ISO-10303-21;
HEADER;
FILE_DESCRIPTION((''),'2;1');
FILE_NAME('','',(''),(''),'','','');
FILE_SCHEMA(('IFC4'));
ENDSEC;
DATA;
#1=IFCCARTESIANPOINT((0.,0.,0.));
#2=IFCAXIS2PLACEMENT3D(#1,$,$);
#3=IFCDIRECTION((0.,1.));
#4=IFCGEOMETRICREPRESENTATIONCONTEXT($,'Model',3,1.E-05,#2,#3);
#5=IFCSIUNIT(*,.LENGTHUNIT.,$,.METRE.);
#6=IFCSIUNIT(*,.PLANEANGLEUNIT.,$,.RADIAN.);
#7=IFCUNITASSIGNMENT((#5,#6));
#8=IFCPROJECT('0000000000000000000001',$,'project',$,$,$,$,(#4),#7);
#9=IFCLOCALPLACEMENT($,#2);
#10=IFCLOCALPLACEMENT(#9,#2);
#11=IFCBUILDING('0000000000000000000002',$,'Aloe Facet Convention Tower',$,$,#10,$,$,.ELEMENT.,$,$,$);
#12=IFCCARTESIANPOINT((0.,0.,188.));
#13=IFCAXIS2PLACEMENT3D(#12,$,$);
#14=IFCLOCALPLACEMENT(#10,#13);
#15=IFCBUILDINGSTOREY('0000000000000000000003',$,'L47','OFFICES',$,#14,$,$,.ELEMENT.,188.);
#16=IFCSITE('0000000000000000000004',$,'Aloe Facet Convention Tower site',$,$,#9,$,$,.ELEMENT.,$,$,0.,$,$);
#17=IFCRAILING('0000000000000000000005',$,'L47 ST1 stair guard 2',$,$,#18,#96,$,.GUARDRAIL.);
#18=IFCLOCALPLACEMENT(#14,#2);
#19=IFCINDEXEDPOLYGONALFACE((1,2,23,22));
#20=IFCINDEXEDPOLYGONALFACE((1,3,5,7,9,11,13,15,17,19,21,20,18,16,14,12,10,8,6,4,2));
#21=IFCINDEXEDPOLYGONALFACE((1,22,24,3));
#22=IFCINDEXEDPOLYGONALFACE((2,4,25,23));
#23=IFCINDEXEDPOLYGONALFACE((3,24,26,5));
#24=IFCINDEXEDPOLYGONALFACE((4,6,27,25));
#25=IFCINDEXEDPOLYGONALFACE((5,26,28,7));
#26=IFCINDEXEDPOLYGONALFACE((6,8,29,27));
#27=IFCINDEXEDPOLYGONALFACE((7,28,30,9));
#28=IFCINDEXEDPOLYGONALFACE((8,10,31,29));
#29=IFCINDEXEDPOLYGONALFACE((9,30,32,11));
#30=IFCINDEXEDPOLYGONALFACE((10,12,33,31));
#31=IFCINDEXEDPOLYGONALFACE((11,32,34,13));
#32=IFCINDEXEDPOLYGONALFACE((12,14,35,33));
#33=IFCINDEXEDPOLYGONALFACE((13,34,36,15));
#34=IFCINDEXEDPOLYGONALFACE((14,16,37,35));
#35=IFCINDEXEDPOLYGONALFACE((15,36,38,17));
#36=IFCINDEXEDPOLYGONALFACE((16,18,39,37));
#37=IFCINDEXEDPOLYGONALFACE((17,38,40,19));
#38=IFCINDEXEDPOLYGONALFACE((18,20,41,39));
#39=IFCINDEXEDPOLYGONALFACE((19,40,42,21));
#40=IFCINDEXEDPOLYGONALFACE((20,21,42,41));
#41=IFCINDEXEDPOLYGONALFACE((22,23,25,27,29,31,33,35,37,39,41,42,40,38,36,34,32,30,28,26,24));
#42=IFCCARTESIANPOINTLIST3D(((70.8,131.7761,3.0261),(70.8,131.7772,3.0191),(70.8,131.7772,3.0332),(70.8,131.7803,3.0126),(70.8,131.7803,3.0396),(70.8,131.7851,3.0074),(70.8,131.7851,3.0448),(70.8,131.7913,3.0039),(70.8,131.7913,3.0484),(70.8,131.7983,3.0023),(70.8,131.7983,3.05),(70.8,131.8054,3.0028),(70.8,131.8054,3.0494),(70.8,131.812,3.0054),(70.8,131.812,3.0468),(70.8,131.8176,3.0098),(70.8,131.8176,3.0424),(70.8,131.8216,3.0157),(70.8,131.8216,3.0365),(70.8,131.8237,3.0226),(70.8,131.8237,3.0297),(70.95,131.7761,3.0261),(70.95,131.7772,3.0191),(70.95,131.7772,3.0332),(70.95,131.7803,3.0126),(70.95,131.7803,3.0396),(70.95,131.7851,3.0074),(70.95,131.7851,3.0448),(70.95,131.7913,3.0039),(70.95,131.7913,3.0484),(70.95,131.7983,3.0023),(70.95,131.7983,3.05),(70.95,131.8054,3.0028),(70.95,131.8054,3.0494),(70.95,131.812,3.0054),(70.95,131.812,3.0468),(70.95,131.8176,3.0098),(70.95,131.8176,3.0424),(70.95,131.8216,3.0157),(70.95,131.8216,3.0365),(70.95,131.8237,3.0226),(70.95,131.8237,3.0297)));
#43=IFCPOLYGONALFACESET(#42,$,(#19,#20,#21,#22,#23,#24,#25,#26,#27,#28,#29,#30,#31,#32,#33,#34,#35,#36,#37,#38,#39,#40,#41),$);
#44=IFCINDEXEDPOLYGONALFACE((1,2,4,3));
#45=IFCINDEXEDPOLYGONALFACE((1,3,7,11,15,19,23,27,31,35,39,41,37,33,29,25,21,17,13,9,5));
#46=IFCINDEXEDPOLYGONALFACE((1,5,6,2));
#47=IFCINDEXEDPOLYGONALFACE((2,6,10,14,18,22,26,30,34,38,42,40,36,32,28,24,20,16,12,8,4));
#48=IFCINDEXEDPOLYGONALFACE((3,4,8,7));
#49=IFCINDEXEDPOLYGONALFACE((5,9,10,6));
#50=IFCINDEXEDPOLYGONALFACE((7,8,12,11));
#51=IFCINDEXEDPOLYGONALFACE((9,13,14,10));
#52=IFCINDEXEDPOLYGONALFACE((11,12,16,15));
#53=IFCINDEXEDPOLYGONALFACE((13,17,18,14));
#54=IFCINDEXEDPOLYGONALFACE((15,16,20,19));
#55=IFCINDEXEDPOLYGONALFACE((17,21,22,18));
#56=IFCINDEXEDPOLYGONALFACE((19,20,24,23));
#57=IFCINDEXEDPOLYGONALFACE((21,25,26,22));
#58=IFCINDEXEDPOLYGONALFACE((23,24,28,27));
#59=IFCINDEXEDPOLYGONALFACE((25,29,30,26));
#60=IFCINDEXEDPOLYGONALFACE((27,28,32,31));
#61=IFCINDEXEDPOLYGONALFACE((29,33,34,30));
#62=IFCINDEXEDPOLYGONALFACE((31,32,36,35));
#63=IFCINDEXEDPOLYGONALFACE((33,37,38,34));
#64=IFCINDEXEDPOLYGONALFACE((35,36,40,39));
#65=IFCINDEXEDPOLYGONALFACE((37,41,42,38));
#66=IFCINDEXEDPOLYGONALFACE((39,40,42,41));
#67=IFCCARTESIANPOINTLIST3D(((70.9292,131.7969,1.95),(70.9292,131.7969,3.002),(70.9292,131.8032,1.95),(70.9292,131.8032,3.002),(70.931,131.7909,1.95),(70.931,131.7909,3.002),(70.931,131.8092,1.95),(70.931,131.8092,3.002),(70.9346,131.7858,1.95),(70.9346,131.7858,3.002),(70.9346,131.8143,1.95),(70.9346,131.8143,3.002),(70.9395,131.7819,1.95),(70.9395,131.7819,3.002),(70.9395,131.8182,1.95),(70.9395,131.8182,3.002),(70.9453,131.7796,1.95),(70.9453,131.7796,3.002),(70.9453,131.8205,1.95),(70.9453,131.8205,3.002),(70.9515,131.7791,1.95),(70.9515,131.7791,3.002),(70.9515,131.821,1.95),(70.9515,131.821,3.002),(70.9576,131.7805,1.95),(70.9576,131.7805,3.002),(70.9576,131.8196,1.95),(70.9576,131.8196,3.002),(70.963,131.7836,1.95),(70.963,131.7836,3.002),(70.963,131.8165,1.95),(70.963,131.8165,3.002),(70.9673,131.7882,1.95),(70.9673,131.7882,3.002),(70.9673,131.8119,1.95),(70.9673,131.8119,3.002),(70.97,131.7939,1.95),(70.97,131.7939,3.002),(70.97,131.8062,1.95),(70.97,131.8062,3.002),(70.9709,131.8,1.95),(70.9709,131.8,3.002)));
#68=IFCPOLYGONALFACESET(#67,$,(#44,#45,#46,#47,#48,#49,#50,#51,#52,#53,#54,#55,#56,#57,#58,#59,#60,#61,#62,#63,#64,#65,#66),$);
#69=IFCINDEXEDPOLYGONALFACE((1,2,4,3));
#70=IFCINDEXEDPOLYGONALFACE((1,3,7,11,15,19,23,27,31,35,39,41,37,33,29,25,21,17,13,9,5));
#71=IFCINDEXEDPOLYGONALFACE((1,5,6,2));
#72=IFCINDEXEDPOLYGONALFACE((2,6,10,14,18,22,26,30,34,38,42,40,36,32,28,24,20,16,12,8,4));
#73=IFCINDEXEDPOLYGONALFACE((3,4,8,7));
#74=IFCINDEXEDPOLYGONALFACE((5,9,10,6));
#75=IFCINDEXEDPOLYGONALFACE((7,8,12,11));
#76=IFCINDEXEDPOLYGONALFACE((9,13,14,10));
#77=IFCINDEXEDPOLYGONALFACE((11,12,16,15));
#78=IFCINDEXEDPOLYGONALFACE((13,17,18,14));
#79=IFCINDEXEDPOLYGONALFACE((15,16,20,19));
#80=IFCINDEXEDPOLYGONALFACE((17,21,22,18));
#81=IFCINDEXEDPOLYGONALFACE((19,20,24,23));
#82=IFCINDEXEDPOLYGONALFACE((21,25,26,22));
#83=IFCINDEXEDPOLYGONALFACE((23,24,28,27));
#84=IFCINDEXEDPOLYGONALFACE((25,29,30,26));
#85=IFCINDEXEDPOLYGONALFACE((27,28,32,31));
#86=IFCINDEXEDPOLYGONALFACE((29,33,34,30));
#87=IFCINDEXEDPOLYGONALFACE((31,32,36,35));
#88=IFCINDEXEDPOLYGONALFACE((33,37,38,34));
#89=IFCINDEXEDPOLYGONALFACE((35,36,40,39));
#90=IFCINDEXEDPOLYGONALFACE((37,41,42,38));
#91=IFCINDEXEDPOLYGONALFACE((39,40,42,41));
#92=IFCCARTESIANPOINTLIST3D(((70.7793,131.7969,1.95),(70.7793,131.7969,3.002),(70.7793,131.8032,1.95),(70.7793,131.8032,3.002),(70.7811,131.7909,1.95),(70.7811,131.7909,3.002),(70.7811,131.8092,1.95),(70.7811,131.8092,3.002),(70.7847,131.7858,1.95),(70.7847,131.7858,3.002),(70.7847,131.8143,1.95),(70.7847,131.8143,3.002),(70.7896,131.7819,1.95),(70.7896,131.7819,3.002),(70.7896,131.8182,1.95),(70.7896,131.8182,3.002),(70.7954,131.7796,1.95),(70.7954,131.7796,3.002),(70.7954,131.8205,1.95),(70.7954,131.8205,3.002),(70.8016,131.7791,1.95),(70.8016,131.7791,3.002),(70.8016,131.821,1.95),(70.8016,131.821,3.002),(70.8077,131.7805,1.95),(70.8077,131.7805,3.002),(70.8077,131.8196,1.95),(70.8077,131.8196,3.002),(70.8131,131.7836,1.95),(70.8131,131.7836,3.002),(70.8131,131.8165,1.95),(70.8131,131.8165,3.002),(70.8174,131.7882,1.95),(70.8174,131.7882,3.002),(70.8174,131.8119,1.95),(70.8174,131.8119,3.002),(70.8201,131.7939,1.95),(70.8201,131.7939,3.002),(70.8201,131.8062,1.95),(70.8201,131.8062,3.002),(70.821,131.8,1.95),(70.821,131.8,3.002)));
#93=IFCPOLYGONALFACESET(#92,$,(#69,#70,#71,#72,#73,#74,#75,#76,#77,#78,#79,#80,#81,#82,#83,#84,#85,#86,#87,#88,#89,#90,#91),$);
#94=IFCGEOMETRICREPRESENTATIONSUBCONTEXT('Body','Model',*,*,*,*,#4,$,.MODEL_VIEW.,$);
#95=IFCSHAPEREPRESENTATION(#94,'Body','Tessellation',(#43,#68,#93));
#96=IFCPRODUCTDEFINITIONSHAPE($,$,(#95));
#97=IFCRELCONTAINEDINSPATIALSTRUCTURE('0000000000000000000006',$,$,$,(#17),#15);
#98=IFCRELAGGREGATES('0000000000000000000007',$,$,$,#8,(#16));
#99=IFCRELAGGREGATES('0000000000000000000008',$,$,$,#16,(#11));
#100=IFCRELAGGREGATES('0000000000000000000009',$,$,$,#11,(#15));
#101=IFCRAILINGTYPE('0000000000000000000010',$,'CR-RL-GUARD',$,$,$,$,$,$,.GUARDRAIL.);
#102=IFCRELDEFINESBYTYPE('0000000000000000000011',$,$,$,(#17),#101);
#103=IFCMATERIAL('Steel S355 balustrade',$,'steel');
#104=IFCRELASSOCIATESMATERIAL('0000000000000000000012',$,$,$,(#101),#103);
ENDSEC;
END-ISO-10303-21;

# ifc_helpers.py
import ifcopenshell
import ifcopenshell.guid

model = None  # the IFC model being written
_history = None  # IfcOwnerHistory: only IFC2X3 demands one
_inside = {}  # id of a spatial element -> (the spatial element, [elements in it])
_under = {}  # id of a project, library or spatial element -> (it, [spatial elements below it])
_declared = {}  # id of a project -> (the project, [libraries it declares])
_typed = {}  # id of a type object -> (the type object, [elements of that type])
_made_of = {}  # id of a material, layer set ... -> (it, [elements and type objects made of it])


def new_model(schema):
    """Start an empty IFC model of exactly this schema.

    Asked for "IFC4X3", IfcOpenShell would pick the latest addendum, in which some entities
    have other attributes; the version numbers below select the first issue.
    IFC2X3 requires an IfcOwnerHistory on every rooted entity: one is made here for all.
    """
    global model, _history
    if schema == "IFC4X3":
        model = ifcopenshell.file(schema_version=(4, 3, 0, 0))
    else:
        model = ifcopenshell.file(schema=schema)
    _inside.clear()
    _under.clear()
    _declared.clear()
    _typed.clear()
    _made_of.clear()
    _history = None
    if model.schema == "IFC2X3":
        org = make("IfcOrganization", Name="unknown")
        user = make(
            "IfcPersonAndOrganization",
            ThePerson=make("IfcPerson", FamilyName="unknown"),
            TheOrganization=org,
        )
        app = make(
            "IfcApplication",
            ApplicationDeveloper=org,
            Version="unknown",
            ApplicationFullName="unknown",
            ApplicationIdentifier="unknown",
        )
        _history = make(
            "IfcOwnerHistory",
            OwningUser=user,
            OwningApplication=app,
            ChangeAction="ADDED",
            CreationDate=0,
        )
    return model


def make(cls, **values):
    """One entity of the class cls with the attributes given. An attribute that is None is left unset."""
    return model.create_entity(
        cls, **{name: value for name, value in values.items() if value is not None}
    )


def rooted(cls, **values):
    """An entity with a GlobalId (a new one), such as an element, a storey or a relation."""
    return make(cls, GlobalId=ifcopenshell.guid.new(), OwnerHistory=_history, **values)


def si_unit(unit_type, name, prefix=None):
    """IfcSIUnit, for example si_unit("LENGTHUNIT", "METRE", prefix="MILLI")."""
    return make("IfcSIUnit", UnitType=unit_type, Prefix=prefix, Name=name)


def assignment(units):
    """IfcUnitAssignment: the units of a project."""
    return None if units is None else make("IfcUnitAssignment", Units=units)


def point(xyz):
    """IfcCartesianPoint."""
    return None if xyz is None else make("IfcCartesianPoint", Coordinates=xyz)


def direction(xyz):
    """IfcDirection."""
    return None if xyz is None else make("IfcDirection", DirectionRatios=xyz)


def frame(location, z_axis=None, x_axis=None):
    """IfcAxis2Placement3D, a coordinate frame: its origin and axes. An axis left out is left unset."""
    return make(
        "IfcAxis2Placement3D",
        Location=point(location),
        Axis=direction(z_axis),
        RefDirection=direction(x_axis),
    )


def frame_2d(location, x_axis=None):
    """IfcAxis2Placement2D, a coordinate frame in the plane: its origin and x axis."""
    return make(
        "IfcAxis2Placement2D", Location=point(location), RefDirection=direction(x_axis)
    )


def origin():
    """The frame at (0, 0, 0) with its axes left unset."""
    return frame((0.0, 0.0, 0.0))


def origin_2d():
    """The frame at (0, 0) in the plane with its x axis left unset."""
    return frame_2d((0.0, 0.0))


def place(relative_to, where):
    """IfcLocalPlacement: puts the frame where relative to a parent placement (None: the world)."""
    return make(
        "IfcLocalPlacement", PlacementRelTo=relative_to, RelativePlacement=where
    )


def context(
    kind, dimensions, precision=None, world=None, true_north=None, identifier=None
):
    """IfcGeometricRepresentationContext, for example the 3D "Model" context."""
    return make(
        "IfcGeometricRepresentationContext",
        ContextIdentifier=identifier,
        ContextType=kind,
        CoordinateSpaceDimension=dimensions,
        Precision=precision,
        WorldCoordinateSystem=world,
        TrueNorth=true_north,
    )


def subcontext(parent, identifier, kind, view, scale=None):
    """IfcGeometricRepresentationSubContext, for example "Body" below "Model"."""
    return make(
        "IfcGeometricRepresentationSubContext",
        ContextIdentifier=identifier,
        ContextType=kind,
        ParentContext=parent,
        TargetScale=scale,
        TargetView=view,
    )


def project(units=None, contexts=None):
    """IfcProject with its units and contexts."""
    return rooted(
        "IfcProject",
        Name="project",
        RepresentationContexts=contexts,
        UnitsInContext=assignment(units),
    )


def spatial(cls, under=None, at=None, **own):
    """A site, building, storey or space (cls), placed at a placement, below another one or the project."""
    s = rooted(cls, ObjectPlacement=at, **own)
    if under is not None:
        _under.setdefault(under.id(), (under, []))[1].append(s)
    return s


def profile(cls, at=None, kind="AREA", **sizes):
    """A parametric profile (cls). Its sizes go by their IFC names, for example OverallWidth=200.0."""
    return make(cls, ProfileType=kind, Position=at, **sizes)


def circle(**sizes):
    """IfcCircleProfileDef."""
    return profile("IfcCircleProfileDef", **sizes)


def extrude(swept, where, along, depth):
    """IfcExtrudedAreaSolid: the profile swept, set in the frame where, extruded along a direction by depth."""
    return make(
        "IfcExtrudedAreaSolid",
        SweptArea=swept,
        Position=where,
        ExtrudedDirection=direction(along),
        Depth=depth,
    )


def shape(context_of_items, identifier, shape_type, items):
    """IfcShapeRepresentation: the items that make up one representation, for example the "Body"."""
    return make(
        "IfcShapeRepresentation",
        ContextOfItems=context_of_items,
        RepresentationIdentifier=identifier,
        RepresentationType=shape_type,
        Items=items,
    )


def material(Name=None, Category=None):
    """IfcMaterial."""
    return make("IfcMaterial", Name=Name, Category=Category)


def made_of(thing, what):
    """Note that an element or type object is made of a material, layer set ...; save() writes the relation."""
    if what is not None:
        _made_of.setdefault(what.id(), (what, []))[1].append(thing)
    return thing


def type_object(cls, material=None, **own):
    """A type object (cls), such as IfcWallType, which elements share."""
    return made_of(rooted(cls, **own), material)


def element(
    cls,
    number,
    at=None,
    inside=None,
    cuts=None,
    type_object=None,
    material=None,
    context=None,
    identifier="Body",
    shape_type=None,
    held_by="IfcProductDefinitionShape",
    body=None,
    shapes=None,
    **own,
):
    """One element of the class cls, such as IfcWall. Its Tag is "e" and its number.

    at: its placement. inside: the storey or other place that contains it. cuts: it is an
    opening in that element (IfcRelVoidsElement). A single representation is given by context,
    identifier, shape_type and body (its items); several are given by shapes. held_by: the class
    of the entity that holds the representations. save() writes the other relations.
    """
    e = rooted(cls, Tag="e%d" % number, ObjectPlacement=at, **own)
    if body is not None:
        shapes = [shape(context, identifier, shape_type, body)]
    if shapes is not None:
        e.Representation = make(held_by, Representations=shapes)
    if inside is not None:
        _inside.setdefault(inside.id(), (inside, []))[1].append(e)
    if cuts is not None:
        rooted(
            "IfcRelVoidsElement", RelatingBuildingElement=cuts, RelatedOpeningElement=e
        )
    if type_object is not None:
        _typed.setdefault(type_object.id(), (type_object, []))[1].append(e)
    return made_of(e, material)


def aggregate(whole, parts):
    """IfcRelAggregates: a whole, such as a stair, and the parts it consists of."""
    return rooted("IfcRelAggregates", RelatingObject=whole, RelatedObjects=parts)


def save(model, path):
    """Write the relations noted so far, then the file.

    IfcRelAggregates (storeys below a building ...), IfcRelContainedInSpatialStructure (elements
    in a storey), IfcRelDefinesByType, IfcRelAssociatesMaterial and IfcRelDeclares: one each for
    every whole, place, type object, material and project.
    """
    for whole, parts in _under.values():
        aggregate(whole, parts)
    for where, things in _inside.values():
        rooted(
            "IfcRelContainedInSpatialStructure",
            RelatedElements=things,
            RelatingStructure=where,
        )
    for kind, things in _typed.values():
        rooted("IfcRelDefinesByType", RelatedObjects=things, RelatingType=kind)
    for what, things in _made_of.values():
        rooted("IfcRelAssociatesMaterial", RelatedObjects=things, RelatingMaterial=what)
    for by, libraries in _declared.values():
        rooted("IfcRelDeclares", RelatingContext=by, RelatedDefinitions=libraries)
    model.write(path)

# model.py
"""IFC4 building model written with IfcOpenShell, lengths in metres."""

from ifc_helpers import new_model, si_unit, direction, frame, origin, origin_2d, place, context, subcontext, project, spatial, circle, extrude, material, type_object, element, save


model = new_model("IFC4")

# Units and contexts
model_context = context("Model", 3, precision=1e-05, world=origin(), true_north=direction((0.0, 1.0)))
body_context = subcontext(model_context, "Body", "Model", "MODEL_VIEW")
ifc_project = project(units=[si_unit("LENGTHUNIT", "METRE"), si_unit("PLANEANGLEUNIT", "RADIAN")], contexts=[model_context])

# Site, building, storey
site_placement = place(None, origin())
site = spatial("IfcSite", under=ifc_project, at=site_placement, Name="Aloe Facet Convention Tower site", CompositionType="ELEMENT", RefElevation=0.0)
building_placement = place(site_placement, origin())
building = spatial("IfcBuilding", under=site, at=building_placement, Name="Aloe Facet Convention Tower", CompositionType="ELEMENT")
storey_placement = place(building_placement, frame((0.0, 0.0, 188.0)))
storey = spatial("IfcBuildingStorey", under=building, at=storey_placement, Name="L47", Description="OFFICES", CompositionType="ELEMENT", Elevation=188.0)

# Railing
ifc_material_1 = material(Name="Steel S355 balustrade", Category="steel")
railing_type_1 = type_object("IfcRailingType", Name="CR-RL-GUARD", PredefinedType="GUARDRAIL", material=ifc_material_1)
railing_1_placement = place(storey_placement, frame((70.95, 131.8, 1.95)))
element("IfcRailing", 1, at=railing_1_placement, inside=storey, type_object=railing_type_1, Name="L47 ST1 stair guard 2", PredefinedType="GUARDRAIL", context=body_context, shape_type="SweptSolid", body=[
    extrude(circle(Radius=0.0239, at=origin_2d()), frame((0.0, 0.0, 1.0762), z_axis=(-1.0, 0.0, 0.0), x_axis=(0.0, -1.0, 0.0)), (0.0, 0.0, 1.0), 0.1499),
    extrude(circle(Radius=0.021, at=origin_2d()), origin(), (0.0, 0.0, 1.0), 1.052),
    extrude(circle(Radius=0.021, at=origin_2d()), frame((-0.1499, 0.0, 0.0)), (0.0, 0.0, 1.0), 1.052),
])

save(model, "model.ifc")
